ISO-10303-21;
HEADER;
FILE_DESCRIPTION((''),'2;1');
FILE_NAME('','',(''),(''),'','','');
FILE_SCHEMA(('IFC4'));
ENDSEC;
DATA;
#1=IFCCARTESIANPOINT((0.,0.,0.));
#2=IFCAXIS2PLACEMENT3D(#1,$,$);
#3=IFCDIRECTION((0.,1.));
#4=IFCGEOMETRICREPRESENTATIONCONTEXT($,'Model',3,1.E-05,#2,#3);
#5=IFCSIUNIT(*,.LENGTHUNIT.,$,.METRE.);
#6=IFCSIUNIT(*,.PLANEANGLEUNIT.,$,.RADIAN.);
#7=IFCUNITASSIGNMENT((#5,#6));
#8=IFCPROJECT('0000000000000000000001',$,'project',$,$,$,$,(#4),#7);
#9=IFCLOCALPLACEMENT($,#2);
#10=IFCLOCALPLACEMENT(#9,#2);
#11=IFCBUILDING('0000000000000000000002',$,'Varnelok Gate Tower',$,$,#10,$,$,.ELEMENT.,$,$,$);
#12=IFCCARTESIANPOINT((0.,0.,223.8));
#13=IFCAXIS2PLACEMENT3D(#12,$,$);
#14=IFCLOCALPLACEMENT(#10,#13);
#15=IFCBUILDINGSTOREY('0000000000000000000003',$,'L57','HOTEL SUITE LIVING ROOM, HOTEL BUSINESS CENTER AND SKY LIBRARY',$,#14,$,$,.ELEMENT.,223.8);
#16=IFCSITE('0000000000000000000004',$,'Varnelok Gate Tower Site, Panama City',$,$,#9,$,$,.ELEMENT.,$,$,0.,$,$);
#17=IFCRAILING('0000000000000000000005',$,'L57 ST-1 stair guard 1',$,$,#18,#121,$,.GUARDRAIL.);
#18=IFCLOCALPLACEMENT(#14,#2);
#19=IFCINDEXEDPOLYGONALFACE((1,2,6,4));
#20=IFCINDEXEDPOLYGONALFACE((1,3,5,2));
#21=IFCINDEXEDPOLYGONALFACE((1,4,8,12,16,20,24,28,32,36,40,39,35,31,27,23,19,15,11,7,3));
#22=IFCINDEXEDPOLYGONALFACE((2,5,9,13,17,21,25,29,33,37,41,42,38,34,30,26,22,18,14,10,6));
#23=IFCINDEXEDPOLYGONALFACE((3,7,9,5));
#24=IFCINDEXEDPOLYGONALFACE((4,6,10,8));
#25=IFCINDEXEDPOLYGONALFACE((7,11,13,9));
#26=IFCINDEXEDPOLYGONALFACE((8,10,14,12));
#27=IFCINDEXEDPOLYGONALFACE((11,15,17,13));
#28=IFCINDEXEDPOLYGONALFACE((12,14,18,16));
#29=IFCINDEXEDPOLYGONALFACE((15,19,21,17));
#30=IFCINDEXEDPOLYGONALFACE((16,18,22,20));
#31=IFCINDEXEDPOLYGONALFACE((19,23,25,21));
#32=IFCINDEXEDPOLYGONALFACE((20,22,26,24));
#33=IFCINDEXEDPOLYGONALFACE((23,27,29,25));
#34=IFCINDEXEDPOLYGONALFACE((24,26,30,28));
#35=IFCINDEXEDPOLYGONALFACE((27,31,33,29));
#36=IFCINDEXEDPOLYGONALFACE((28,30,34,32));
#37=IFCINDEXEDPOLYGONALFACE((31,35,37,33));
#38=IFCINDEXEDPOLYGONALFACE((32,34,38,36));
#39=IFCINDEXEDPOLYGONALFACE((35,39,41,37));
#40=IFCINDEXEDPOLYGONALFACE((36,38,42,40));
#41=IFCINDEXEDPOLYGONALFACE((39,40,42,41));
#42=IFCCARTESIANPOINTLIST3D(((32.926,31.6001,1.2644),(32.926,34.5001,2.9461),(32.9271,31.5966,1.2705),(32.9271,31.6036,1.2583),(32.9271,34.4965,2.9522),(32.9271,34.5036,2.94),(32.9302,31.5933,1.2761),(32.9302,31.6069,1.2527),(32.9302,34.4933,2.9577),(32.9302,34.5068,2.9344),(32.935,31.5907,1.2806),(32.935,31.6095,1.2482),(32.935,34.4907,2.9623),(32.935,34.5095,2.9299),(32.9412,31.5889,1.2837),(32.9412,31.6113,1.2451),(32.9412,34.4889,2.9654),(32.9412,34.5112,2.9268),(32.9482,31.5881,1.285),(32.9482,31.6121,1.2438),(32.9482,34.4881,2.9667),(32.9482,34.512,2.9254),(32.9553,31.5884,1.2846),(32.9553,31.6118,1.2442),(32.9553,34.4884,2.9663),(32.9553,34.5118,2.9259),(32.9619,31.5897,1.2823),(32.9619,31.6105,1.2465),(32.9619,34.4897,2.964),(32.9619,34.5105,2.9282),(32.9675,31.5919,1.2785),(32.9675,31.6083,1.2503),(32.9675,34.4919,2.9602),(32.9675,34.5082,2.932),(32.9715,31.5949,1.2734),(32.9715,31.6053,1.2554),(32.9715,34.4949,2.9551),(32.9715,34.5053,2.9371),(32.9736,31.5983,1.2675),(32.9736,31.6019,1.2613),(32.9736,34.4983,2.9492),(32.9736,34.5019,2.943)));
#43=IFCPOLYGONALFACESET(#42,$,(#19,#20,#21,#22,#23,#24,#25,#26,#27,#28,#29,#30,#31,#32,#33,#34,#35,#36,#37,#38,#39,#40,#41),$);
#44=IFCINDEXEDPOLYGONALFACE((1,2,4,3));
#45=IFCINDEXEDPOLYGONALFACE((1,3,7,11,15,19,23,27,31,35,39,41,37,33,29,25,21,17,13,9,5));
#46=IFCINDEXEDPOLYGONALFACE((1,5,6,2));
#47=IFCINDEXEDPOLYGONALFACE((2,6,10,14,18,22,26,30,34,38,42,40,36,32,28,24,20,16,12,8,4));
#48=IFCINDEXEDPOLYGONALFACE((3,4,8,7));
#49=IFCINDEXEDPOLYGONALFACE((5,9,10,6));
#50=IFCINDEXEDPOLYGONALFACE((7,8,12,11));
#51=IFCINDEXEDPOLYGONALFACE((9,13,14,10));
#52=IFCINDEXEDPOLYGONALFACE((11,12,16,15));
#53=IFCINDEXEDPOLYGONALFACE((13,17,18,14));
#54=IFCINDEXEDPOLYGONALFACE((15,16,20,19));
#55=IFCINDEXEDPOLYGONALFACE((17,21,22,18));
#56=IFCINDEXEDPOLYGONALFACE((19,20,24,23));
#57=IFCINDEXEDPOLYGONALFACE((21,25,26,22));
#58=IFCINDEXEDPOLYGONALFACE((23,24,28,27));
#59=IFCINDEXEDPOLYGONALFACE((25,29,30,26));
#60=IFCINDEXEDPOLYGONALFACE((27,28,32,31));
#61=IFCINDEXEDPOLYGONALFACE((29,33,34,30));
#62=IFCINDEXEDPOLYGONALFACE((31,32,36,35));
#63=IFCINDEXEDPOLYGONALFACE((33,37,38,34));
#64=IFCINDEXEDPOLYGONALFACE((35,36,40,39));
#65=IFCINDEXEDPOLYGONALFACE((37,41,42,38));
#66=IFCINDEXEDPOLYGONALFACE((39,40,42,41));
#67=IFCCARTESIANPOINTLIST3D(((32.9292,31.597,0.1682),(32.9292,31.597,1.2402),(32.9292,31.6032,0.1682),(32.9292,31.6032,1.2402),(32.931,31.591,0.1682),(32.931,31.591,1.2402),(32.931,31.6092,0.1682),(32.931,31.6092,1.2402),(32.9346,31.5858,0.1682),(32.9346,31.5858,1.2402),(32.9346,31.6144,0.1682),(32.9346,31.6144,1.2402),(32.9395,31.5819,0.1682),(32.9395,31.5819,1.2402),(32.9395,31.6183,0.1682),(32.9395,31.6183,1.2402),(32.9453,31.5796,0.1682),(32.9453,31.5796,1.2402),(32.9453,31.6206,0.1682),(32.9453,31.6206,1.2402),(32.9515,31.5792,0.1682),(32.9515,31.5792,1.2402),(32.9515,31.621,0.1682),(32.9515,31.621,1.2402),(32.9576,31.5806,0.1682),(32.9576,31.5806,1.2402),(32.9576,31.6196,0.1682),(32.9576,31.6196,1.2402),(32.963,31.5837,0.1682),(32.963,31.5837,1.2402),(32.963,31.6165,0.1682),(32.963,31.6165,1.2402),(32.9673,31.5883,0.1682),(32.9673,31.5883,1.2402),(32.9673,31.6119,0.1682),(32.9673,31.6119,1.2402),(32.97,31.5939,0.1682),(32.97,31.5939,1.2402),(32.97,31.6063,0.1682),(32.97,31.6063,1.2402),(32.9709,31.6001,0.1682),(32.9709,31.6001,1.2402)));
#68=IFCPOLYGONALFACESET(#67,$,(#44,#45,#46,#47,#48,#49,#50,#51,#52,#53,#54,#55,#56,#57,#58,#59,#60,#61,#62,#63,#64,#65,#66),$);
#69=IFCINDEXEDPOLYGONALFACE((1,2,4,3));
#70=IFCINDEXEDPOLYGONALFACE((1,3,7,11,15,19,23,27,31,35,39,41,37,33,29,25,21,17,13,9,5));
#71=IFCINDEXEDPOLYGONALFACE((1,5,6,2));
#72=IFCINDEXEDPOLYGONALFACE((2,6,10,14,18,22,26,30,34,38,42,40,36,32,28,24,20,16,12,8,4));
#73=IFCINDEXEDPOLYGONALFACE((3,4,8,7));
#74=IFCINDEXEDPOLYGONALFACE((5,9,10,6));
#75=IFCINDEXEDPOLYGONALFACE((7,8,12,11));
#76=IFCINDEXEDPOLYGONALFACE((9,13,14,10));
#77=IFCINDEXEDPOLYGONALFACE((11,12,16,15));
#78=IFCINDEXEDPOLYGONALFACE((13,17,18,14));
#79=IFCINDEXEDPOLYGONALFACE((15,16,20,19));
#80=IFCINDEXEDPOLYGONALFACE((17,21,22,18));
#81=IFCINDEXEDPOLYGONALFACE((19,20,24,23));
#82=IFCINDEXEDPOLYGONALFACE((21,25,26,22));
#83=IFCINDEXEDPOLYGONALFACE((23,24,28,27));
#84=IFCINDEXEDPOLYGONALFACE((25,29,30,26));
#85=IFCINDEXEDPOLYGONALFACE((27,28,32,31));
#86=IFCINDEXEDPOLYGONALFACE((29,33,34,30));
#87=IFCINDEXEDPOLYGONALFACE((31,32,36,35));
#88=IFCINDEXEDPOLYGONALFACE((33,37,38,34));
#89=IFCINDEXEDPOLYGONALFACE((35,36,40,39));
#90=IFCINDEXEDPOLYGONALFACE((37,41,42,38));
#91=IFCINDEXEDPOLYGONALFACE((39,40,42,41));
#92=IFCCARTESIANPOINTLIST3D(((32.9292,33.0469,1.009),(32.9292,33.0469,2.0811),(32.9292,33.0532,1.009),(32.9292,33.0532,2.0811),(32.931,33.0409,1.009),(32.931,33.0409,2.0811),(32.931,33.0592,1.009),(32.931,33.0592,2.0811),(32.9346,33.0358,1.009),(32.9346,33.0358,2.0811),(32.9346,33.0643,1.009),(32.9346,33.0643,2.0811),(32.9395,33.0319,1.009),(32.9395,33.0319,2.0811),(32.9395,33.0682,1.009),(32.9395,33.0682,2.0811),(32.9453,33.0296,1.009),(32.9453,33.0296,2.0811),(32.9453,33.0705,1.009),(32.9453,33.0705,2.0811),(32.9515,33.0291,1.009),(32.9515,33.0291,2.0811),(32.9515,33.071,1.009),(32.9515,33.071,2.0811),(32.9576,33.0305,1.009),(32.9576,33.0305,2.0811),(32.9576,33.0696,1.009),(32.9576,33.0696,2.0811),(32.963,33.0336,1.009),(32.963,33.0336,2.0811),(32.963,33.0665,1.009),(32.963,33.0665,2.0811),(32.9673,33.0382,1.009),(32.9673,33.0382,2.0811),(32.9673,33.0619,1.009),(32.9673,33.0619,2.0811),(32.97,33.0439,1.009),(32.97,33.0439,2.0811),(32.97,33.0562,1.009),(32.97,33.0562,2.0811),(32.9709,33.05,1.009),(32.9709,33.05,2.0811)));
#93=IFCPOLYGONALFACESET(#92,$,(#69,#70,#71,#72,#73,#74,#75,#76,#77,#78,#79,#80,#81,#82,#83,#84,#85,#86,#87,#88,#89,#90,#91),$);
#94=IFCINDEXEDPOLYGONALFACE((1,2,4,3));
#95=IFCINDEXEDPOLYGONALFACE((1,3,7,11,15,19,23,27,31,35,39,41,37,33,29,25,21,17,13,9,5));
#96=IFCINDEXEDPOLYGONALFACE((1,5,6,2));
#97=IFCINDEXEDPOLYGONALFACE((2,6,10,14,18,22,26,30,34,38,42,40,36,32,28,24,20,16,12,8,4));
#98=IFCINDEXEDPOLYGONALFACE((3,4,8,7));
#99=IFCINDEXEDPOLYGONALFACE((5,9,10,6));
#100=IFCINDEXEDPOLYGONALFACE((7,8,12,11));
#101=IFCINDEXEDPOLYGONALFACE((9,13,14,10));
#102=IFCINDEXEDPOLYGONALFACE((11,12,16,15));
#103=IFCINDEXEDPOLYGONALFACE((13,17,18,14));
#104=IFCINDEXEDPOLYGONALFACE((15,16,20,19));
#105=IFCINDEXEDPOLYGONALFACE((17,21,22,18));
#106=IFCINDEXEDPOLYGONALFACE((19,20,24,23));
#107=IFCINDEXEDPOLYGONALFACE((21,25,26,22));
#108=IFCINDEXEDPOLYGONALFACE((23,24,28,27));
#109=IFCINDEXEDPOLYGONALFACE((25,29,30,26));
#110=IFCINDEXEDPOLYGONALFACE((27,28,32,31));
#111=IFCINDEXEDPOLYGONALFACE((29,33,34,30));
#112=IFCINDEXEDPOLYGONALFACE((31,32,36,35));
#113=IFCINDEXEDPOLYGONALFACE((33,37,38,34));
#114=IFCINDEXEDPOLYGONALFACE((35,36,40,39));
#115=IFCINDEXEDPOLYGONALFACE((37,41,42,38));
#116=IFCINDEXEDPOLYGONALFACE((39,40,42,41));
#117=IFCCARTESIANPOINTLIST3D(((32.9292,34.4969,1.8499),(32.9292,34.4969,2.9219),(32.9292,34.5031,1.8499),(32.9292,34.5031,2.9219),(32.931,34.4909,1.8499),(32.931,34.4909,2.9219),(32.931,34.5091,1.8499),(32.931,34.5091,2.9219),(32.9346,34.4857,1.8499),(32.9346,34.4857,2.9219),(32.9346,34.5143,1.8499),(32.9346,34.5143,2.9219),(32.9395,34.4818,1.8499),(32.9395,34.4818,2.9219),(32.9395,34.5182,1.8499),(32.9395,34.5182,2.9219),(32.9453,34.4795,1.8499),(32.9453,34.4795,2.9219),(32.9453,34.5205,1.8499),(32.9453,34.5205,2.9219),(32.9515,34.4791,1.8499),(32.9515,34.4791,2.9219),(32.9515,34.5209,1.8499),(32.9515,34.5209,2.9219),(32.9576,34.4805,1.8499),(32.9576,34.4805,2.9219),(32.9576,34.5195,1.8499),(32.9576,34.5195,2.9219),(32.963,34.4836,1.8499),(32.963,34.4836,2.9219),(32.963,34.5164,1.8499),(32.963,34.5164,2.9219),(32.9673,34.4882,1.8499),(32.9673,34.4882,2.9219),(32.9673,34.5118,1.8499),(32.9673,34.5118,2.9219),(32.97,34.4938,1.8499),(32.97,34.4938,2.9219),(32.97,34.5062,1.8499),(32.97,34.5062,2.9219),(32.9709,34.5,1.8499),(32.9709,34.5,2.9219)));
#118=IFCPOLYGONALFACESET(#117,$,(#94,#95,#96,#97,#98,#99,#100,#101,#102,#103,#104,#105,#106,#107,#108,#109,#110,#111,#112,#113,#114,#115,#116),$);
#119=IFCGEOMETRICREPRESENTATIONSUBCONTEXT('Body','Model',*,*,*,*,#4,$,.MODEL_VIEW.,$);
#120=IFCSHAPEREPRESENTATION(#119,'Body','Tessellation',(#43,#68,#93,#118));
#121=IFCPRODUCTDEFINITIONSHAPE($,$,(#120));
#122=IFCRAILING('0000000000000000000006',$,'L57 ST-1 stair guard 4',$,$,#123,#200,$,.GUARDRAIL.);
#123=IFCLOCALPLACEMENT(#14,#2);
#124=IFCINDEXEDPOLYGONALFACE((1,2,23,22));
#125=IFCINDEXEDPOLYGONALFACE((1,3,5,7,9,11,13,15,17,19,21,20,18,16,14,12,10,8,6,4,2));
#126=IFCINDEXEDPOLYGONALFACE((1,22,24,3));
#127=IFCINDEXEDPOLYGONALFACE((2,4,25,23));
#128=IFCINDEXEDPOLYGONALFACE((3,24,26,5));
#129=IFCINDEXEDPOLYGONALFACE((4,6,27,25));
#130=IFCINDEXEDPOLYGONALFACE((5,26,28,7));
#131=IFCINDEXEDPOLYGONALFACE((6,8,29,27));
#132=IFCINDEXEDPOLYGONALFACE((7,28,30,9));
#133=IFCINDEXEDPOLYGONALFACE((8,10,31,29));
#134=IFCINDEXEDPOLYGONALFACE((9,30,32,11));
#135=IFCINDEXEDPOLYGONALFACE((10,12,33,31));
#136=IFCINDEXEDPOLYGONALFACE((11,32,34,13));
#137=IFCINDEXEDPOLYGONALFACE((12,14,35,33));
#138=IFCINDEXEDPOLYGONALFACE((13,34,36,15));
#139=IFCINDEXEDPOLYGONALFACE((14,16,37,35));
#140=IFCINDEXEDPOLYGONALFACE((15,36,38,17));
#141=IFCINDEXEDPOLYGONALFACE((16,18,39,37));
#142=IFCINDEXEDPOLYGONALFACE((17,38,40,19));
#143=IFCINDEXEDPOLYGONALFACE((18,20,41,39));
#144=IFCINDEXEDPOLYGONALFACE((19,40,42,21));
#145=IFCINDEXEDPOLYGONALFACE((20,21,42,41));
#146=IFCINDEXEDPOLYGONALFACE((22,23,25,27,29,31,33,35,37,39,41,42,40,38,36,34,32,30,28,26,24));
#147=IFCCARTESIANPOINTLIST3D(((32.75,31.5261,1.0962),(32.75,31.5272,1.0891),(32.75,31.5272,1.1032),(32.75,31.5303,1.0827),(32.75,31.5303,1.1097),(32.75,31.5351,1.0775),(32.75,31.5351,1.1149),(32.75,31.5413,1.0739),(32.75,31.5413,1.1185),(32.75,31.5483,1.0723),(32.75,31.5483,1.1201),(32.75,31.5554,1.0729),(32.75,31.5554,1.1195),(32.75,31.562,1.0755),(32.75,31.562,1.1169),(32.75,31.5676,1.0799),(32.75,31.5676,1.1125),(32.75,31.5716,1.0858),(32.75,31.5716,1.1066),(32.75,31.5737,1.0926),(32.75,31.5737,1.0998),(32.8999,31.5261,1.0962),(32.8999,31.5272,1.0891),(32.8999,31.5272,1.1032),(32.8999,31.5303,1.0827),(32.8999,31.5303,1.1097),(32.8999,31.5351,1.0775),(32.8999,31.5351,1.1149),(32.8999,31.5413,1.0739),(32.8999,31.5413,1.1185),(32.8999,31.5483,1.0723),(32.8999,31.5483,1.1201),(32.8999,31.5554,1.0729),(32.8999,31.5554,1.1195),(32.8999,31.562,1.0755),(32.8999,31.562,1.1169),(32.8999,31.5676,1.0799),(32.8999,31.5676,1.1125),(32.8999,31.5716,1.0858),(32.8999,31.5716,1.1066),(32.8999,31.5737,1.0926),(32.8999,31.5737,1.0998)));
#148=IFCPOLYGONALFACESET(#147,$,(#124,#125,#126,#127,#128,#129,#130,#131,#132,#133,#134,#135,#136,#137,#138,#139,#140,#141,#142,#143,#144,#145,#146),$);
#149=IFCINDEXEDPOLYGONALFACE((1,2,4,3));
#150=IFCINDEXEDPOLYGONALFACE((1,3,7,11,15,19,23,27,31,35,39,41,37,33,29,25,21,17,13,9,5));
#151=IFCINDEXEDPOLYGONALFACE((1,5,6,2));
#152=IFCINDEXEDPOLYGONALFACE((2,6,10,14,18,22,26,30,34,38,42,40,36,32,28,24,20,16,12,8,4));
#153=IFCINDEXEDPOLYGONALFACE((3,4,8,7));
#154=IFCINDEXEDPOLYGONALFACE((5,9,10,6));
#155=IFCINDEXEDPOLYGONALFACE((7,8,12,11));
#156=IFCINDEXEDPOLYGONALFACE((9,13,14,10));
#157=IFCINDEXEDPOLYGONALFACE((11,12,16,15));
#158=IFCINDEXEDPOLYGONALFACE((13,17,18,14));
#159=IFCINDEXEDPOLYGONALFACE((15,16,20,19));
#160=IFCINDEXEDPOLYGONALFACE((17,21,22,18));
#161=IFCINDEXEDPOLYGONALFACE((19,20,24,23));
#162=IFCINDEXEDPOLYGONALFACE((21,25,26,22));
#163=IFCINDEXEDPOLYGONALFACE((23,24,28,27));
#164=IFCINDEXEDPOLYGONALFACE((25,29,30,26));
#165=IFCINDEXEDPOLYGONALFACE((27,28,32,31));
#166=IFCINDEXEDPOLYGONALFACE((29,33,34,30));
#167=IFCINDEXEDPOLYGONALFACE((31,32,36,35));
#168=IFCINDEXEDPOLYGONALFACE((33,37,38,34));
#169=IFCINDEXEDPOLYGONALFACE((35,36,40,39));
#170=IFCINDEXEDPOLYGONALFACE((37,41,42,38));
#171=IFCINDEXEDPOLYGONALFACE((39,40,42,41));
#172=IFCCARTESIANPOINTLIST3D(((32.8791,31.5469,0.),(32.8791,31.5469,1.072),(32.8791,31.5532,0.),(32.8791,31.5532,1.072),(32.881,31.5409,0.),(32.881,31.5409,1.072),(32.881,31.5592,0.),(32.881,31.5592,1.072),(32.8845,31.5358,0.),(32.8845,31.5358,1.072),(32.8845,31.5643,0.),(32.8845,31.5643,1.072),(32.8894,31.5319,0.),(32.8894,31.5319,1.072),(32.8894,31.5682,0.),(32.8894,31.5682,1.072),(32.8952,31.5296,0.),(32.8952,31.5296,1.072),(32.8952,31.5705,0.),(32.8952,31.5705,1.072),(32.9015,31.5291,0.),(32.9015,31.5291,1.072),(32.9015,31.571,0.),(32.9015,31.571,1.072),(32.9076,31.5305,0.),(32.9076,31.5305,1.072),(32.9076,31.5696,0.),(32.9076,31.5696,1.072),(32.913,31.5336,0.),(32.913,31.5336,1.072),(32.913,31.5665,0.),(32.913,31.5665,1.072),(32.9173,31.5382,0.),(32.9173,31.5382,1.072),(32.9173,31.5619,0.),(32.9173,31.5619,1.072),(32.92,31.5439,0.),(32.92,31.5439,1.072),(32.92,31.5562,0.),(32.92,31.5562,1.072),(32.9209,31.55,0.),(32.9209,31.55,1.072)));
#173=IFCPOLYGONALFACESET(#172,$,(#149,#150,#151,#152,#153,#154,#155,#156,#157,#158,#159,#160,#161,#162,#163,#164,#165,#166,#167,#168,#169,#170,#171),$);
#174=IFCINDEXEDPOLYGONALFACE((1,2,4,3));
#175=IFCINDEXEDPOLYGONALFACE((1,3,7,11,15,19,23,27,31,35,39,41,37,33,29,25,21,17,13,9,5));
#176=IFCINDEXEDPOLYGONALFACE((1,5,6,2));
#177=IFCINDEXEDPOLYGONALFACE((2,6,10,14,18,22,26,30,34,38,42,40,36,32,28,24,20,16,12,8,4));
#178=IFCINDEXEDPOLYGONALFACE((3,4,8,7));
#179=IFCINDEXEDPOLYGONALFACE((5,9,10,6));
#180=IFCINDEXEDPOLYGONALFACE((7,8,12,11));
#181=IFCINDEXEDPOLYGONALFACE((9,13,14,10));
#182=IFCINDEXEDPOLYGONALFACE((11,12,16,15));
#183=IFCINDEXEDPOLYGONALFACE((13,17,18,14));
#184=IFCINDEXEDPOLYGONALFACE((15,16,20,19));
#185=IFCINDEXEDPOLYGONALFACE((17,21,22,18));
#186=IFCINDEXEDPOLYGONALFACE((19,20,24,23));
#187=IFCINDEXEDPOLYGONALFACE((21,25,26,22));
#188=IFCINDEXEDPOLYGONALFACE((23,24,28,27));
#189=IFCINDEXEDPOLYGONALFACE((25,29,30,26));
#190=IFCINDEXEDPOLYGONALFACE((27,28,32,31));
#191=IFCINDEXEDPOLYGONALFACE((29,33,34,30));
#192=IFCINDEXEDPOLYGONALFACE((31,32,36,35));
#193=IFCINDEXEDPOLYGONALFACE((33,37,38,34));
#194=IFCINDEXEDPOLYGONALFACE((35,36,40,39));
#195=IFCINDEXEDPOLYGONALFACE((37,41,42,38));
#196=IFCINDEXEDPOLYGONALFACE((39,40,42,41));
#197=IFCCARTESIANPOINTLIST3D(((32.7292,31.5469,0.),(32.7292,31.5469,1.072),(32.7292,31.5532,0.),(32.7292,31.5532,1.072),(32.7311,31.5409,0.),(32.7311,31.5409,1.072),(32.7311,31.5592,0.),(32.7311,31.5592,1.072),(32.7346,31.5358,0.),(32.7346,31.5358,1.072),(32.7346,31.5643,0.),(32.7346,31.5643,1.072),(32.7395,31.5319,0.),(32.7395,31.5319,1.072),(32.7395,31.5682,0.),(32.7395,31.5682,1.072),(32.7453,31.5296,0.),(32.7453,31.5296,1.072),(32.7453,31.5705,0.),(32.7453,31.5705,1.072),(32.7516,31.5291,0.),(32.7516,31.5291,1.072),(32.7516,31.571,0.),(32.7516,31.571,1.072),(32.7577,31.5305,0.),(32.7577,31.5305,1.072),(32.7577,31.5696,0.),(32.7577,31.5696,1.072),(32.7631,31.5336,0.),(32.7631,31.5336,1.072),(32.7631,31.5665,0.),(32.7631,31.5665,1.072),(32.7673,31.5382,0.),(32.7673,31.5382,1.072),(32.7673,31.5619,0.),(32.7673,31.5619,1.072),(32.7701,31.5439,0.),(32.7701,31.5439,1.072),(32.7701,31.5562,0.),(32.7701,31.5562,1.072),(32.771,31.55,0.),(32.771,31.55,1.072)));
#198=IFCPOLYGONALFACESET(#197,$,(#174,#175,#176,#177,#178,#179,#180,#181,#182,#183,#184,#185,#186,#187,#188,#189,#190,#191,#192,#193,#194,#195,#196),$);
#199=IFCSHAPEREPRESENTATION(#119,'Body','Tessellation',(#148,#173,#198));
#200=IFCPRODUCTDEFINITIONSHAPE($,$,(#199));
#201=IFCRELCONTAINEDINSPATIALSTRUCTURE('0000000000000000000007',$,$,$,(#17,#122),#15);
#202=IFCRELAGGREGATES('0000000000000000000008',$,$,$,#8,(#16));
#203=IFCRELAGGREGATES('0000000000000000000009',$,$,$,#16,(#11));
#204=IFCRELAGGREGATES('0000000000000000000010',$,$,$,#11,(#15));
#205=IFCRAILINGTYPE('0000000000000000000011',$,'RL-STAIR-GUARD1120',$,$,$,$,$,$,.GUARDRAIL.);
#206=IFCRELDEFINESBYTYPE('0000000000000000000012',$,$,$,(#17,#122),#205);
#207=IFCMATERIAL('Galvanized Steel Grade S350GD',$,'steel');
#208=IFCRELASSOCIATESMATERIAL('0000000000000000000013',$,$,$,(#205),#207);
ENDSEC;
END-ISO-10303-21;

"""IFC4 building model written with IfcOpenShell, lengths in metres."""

from ifc_helpers import new_model, si_unit, direction, frame, origin, origin_2d, place, context, subcontext, project, spatial, circle, extrude, material, type_object, element, save


model = new_model("IFC4")

# Units and contexts
model_context = context("Model", 3, precision=1e-05, world=origin(), true_north=direction((0.0, 1.0)))
body_context = subcontext(model_context, "Body", "Model", "MODEL_VIEW")
ifc_project = project(units=[si_unit("LENGTHUNIT", "METRE"), si_unit("PLANEANGLEUNIT", "RADIAN")], contexts=[model_context])

# Site, building, storey
site_placement = place(None, origin())
site = spatial("IfcSite", under=ifc_project, at=site_placement, Name="Varnelok Gate Tower Site, Panama City", CompositionType="ELEMENT", RefElevation=0.0)
building_placement = place(site_placement, origin())
building = spatial("IfcBuilding", under=site, at=building_placement, Name="Varnelok Gate Tower", CompositionType="ELEMENT")
storey_placement = place(building_placement, frame((0.0, 0.0, 223.8)))
storey = spatial("IfcBuildingStorey", under=building, at=storey_placement, Name="L57", Description="HOTEL SUITE LIVING ROOM, HOTEL BUSINESS CENTER AND SKY LIBRARY", CompositionType="ELEMENT", Elevation=223.8)

# Shared definitions
ifc_material_1 = material(Name="Galvanized Steel Grade S350GD", Category="steel")

# Railings
railing_type_1 = type_object("IfcRailingType", Name="RL-STAIR-GUARD1120", PredefinedType="GUARDRAIL", material=ifc_material_1)
railing_1_placement = place(storey_placement, frame((32.95, 31.6001, 0.1682)))
element("IfcRailing", 1, at=railing_1_placement, inside=storey, type_object=railing_type_1, Name="L57 ST-1 stair guard 1", PredefinedType="GUARDRAIL", context=body_context, shape_type="SweptSolid", body=[
    extrude(circle(Radius=0.0239, at=origin_2d()), frame((0.0, 0.0, 1.0962), z_axis=(0.0, 0.86507, 0.501651), x_axis=(-1.0, 0.0, 0.0)), (0.0, 0.0, 1.0), 3.3523),
    extrude(circle(Radius=0.021, at=origin_2d()), origin(), (0.0, 0.0, 1.0), 1.072),
    extrude(circle(Radius=0.021, at=origin_2d()), frame((0.0, 1.45, 0.8408)), (0.0, 0.0, 1.0), 1.072),
    extrude(circle(Radius=0.021, at=origin_2d()), frame((0.0, 2.8999, 1.6816)), (0.0, 0.0, 1.0), 1.072),
])
railing_2_placement = place(storey_placement, frame((32.8999, 31.55, 0.0)))
element("IfcRailing", 2, at=railing_2_placement, inside=storey, type_object=railing_type_1, Name="L57 ST-1 stair guard 4", PredefinedType="GUARDRAIL", context=body_context, shape_type="SweptSolid", body=[
    extrude(circle(Radius=0.0239, at=origin_2d()), frame((0.0, 0.0, 1.0962), z_axis=(-1.0, 0.0, 0.0), x_axis=(0.0, -1.0, 0.0)), (0.0, 0.0, 1.0), 0.1499),
    extrude(circle(Radius=0.021, at=origin_2d()), origin(), (0.0, 0.0, 1.0), 1.072),
    extrude(circle(Radius=0.021, at=origin_2d()), frame((-0.1499, 0.0, 0.0)), (0.0, 0.0, 1.0), 1.072),
])

save(model, "model.ifc")
